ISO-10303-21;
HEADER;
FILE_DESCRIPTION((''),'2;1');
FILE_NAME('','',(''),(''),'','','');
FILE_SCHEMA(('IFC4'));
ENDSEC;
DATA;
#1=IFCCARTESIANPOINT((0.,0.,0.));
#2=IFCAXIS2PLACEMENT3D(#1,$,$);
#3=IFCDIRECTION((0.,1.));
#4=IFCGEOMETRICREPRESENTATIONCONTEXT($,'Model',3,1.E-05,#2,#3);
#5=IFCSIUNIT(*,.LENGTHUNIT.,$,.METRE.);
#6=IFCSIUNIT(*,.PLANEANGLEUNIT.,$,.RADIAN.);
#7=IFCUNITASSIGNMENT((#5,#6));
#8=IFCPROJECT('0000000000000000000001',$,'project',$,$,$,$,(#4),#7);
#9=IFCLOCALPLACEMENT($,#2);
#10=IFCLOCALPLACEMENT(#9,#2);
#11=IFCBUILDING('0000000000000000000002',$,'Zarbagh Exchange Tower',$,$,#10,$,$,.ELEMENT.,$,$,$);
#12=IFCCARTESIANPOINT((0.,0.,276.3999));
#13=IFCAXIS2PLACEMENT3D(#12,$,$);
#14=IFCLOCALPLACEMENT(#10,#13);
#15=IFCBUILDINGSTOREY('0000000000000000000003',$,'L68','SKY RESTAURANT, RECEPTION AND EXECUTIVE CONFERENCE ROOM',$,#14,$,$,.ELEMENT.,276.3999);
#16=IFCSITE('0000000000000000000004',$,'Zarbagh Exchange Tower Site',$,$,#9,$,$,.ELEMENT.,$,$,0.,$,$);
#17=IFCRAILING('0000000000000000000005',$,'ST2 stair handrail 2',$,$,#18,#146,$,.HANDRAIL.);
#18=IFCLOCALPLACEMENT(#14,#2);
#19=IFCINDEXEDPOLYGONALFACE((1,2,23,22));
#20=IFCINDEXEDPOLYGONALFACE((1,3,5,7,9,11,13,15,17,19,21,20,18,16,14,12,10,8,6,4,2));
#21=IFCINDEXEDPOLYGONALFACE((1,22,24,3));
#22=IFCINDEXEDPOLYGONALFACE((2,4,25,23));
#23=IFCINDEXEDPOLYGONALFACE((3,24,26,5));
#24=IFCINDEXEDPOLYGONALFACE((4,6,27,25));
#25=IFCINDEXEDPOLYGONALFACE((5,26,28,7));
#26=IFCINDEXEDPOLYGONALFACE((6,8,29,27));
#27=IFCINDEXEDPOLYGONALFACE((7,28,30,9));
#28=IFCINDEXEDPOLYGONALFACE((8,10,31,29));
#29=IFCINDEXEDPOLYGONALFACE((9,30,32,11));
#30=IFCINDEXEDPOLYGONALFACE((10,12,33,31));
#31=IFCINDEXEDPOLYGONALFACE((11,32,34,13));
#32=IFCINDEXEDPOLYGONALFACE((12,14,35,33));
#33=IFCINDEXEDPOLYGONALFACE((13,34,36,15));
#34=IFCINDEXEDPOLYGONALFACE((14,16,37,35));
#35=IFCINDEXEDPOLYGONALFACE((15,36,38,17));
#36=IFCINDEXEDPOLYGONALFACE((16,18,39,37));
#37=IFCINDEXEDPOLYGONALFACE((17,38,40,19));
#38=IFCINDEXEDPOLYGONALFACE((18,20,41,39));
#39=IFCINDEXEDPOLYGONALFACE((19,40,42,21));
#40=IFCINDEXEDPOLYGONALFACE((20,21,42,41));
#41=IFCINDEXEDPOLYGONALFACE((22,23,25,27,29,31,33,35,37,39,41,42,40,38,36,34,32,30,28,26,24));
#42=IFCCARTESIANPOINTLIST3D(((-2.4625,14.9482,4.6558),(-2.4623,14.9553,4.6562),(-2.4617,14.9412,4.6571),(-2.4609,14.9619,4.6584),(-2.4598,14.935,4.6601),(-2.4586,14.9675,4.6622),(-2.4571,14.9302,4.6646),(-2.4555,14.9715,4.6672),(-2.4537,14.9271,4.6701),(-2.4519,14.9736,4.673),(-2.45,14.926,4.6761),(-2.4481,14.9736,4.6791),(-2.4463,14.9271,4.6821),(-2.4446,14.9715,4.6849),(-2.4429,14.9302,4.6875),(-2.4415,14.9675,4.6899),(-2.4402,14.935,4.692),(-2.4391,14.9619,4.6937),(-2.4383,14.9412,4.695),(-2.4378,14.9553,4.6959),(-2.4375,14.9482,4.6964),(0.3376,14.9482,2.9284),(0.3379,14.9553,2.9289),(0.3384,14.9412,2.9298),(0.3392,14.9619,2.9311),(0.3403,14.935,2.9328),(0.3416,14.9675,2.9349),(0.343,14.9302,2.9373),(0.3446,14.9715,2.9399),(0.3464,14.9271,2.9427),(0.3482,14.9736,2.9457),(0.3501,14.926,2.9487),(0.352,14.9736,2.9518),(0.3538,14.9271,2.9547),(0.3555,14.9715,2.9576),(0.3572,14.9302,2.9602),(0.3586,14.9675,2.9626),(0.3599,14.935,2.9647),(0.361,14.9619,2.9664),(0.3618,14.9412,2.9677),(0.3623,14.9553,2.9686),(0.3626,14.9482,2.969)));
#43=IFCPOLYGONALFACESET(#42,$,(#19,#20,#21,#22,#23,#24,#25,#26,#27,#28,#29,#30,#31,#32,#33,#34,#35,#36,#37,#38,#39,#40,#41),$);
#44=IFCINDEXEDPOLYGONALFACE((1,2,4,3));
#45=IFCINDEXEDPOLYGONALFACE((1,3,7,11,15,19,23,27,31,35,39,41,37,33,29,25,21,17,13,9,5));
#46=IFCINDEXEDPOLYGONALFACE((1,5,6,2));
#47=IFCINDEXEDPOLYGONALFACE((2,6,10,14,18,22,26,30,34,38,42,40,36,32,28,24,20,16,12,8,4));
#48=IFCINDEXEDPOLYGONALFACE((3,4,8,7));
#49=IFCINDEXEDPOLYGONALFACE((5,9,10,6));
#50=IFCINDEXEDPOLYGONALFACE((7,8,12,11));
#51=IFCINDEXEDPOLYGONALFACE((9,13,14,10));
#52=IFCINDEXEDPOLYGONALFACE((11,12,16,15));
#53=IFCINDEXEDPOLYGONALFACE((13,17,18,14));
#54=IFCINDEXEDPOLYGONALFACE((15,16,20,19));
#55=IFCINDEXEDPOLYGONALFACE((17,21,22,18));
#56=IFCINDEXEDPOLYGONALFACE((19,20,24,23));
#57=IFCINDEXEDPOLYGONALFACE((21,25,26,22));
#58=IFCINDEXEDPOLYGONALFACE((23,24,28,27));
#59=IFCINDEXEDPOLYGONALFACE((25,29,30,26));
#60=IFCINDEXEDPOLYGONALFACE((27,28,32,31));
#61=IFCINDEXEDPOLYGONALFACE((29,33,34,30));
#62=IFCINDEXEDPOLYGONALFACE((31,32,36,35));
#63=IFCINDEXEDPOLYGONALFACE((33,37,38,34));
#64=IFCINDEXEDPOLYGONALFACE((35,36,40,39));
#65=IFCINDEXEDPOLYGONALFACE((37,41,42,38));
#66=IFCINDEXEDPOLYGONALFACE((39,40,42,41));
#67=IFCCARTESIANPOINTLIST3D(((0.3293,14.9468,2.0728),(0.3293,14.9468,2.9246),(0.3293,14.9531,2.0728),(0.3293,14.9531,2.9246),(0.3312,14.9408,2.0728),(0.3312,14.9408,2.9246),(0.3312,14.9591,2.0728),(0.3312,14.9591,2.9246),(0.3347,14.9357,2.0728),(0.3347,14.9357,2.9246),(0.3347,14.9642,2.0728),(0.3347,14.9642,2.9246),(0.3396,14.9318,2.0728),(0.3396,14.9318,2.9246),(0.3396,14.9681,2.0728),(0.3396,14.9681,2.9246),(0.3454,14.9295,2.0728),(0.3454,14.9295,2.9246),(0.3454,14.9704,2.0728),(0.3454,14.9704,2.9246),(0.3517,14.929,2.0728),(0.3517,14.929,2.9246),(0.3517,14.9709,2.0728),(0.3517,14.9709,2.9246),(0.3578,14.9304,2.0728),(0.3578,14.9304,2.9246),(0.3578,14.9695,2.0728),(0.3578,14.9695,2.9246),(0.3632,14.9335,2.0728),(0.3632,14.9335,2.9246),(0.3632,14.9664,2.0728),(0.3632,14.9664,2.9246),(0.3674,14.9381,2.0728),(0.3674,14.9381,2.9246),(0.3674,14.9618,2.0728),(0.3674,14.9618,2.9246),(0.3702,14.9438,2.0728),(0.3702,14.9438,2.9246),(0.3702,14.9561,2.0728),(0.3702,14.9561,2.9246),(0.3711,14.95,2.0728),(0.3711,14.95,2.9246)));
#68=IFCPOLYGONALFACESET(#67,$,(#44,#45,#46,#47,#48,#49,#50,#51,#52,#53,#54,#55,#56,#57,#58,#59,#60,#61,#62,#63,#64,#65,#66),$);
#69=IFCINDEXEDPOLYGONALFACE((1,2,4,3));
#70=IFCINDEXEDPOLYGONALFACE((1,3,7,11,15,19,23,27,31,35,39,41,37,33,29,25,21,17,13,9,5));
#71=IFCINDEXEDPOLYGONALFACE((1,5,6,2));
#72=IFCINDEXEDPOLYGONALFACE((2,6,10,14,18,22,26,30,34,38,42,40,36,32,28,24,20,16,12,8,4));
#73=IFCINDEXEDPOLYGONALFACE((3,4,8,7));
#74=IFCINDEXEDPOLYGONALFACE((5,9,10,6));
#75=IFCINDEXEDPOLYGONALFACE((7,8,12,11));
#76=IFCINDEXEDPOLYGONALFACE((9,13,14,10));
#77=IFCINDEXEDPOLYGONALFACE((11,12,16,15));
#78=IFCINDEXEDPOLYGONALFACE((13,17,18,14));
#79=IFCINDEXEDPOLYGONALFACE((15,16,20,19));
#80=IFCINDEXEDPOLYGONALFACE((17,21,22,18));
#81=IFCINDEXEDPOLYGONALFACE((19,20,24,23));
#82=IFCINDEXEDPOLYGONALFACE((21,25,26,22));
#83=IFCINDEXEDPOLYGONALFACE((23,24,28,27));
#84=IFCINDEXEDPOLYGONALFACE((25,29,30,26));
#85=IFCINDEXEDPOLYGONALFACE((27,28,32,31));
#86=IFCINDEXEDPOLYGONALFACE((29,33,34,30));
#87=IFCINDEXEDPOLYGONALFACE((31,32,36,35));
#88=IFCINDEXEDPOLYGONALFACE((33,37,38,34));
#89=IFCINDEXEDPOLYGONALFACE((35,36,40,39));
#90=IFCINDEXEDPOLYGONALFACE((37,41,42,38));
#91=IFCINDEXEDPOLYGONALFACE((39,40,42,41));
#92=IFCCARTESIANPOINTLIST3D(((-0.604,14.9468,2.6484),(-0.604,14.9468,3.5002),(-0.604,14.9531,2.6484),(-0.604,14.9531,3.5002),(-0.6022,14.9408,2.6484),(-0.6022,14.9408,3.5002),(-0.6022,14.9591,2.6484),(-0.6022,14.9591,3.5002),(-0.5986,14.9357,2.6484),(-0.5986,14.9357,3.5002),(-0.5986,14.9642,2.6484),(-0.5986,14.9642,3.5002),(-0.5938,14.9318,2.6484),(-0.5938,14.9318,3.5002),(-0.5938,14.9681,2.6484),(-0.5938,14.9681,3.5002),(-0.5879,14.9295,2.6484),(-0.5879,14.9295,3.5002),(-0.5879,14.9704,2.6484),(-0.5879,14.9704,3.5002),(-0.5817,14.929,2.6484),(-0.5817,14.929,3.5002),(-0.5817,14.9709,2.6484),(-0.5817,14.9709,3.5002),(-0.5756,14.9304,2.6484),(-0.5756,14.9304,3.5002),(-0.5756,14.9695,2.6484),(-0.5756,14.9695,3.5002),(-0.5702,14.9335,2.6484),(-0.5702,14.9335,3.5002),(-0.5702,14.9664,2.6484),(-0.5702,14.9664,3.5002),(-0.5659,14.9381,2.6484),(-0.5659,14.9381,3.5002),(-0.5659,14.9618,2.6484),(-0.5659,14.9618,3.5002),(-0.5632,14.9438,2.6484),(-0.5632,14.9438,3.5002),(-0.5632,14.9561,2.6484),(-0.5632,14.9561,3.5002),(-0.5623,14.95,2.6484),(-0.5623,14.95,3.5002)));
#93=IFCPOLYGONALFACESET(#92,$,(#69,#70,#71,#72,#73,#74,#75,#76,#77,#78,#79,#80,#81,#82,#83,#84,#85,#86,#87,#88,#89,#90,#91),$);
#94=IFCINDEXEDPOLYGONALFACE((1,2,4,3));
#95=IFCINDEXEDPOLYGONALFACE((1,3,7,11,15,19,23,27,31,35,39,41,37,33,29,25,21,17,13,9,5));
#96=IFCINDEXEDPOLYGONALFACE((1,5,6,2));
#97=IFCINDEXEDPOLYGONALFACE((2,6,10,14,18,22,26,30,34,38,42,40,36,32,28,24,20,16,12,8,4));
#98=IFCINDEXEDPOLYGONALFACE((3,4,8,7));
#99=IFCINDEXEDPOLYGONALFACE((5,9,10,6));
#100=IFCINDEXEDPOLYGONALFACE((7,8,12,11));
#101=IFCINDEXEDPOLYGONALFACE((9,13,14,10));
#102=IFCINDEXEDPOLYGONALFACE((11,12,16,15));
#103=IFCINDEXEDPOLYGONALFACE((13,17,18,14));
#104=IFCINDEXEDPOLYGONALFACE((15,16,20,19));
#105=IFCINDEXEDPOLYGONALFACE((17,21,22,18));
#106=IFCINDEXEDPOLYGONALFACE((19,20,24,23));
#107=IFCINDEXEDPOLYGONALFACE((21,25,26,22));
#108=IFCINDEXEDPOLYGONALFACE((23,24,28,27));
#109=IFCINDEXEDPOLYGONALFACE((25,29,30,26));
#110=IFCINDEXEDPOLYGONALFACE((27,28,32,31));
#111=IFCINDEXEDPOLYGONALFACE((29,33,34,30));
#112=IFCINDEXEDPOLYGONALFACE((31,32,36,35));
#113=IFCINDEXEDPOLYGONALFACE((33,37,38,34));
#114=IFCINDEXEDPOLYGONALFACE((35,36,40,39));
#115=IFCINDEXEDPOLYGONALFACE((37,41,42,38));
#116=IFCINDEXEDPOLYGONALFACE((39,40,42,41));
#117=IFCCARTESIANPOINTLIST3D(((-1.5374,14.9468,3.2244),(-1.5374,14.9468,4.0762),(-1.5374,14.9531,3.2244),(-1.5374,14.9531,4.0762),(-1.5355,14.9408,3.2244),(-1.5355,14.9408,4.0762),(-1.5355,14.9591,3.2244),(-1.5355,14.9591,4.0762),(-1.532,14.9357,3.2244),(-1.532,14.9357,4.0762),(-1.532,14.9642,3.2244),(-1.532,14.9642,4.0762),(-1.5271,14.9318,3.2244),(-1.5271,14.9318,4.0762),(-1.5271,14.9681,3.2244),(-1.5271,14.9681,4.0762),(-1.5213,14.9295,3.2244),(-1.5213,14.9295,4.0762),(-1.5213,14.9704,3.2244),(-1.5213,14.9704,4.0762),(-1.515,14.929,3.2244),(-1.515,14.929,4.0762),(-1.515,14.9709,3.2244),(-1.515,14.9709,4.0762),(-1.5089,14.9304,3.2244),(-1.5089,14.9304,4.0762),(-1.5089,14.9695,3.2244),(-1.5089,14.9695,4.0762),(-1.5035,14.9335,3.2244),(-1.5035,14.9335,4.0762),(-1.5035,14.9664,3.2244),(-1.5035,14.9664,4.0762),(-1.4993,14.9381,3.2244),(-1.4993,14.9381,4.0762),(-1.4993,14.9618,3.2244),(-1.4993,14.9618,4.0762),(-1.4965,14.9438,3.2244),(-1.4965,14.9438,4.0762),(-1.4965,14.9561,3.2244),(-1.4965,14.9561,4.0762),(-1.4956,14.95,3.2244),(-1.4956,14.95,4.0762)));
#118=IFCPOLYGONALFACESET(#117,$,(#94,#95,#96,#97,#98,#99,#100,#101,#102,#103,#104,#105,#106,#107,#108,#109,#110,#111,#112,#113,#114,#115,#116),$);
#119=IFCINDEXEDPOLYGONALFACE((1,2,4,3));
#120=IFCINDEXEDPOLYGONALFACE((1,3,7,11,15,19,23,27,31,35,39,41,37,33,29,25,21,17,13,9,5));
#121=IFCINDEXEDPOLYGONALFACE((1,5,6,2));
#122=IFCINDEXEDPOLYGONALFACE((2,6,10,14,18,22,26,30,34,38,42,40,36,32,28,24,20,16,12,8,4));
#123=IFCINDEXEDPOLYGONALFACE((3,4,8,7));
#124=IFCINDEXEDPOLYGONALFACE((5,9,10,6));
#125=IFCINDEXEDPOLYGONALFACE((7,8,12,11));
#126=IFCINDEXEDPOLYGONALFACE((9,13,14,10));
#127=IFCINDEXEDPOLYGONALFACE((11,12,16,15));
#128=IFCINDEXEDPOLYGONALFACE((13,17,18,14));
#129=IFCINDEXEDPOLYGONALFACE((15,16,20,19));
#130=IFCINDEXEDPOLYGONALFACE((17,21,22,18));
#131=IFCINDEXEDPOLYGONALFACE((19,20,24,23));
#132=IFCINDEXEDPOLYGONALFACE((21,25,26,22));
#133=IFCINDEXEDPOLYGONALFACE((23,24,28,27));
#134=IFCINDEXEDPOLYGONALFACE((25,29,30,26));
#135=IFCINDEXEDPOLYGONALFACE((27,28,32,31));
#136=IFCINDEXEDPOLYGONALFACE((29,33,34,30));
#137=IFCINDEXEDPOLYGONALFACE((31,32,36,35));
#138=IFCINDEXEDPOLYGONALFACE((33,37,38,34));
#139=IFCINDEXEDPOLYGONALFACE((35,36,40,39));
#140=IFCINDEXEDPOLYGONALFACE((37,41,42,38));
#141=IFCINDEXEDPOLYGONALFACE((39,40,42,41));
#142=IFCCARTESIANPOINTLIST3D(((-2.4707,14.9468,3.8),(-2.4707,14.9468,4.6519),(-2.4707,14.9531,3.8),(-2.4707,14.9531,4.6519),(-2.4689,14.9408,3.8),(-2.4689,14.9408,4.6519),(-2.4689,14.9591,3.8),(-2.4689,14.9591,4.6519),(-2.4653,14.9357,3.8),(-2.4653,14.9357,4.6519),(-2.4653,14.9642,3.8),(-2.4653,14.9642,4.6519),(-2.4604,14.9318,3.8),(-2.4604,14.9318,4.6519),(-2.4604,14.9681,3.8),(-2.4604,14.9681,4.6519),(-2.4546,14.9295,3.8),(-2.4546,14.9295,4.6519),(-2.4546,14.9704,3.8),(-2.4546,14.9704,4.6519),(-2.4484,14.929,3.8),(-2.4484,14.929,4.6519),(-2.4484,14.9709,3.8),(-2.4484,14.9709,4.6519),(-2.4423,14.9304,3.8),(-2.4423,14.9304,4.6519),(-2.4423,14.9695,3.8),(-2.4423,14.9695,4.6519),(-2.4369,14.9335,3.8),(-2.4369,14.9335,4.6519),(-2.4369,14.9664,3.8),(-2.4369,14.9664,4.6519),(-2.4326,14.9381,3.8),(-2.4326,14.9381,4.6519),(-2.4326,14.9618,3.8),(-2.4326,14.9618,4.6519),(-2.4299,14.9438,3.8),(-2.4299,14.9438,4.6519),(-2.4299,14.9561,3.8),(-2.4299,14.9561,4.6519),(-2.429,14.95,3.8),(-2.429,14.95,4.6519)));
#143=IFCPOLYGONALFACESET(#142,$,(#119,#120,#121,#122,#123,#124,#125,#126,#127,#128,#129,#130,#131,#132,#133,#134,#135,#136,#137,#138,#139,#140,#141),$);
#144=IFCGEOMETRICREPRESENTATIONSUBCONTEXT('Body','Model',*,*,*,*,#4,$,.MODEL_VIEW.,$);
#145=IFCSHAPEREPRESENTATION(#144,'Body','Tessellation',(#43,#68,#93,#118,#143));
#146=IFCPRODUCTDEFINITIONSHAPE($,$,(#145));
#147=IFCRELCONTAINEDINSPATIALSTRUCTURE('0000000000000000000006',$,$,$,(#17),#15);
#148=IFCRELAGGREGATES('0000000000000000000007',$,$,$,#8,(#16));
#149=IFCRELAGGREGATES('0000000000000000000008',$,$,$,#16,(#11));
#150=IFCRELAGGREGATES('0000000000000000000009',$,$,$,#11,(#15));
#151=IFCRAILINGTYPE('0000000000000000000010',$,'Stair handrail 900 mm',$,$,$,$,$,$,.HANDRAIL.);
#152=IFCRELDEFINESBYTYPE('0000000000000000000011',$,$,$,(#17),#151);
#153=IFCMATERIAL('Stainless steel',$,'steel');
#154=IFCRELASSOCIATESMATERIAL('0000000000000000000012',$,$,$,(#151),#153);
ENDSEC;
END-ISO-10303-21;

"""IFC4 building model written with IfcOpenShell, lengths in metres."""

from ifc_helpers import new_model, si_unit, direction, frame, origin, origin_2d, place, context, subcontext, project, spatial, circle, extrude, material, type_object, element, save


model = new_model("IFC4")

# Units and contexts
model_context = context("Model", 3, precision=1e-05, world=origin(), true_north=direction((0.0, 1.0)))
body_context = subcontext(model_context, "Body", "Model", "MODEL_VIEW")
ifc_project = project(units=[si_unit("LENGTHUNIT", "METRE"), si_unit("PLANEANGLEUNIT", "RADIAN")], contexts=[model_context])

# Site, building, storey
site_placement = place(None, origin())
site = spatial("IfcSite", under=ifc_project, at=site_placement, Name="Zarbagh Exchange Tower Site", CompositionType="ELEMENT", RefElevation=0.0)
building_placement = place(site_placement, origin())
building = spatial("IfcBuilding", under=site, at=building_placement, Name="Zarbagh Exchange Tower", CompositionType="ELEMENT")
storey_placement = place(building_placement, frame((0.0, 0.0, 276.3999)))
storey = spatial("IfcBuildingStorey", under=building, at=storey_placement, Name="L68", Description="SKY RESTAURANT, RECEPTION AND EXECUTIVE CONFERENCE ROOM", CompositionType="ELEMENT", Elevation=276.3999)

# Shared definitions
ifc_material_1 = material(Name="Stainless steel", Category="steel")

# Railing
railing_type_1 = type_object("IfcRailingType", Name="Stair handrail 900 mm", PredefinedType="HANDRAIL", material=ifc_material_1)
railing_1_placement = place(storey_placement, frame((0.3501, 14.95, 2.0728)))
element("IfcRailing", 1, at=railing_1_placement, inside=storey, type_object=railing_type_1, Name="ST2 stair handrail 2", PredefinedType="HANDRAIL", context=body_context, shape_type="SweptSolid", body=[
    extrude(circle(Radius=0.0239, at=origin_2d()), frame((0.0, 0.0, 0.876), z_axis=(-0.85109, 0.0, 0.52502), x_axis=(0.0, -1.0, 0.0)), (0.0, 0.0, 1.0), 3.29),
    extrude(circle(Radius=0.021, at=origin_2d()), origin(), (0.0, 0.0, 1.0), 0.8518),
    extrude(circle(Radius=0.021, at=origin_2d()), frame((-0.9333, 0.0, 0.5757)), (0.0, 0.0, 1.0), 0.8518),
    extrude(circle(Radius=0.021, at=origin_2d()), frame((-1.8667, 0.0, 1.1516)), (0.0, 0.0, 1.0), 0.8518),
    extrude(circle(Radius=0.021, at=origin_2d()), frame((-2.8, 0.0, 1.7273)), (0.0, 0.0, 1.0), 0.8518),
])

save(model, "model.ifc")
